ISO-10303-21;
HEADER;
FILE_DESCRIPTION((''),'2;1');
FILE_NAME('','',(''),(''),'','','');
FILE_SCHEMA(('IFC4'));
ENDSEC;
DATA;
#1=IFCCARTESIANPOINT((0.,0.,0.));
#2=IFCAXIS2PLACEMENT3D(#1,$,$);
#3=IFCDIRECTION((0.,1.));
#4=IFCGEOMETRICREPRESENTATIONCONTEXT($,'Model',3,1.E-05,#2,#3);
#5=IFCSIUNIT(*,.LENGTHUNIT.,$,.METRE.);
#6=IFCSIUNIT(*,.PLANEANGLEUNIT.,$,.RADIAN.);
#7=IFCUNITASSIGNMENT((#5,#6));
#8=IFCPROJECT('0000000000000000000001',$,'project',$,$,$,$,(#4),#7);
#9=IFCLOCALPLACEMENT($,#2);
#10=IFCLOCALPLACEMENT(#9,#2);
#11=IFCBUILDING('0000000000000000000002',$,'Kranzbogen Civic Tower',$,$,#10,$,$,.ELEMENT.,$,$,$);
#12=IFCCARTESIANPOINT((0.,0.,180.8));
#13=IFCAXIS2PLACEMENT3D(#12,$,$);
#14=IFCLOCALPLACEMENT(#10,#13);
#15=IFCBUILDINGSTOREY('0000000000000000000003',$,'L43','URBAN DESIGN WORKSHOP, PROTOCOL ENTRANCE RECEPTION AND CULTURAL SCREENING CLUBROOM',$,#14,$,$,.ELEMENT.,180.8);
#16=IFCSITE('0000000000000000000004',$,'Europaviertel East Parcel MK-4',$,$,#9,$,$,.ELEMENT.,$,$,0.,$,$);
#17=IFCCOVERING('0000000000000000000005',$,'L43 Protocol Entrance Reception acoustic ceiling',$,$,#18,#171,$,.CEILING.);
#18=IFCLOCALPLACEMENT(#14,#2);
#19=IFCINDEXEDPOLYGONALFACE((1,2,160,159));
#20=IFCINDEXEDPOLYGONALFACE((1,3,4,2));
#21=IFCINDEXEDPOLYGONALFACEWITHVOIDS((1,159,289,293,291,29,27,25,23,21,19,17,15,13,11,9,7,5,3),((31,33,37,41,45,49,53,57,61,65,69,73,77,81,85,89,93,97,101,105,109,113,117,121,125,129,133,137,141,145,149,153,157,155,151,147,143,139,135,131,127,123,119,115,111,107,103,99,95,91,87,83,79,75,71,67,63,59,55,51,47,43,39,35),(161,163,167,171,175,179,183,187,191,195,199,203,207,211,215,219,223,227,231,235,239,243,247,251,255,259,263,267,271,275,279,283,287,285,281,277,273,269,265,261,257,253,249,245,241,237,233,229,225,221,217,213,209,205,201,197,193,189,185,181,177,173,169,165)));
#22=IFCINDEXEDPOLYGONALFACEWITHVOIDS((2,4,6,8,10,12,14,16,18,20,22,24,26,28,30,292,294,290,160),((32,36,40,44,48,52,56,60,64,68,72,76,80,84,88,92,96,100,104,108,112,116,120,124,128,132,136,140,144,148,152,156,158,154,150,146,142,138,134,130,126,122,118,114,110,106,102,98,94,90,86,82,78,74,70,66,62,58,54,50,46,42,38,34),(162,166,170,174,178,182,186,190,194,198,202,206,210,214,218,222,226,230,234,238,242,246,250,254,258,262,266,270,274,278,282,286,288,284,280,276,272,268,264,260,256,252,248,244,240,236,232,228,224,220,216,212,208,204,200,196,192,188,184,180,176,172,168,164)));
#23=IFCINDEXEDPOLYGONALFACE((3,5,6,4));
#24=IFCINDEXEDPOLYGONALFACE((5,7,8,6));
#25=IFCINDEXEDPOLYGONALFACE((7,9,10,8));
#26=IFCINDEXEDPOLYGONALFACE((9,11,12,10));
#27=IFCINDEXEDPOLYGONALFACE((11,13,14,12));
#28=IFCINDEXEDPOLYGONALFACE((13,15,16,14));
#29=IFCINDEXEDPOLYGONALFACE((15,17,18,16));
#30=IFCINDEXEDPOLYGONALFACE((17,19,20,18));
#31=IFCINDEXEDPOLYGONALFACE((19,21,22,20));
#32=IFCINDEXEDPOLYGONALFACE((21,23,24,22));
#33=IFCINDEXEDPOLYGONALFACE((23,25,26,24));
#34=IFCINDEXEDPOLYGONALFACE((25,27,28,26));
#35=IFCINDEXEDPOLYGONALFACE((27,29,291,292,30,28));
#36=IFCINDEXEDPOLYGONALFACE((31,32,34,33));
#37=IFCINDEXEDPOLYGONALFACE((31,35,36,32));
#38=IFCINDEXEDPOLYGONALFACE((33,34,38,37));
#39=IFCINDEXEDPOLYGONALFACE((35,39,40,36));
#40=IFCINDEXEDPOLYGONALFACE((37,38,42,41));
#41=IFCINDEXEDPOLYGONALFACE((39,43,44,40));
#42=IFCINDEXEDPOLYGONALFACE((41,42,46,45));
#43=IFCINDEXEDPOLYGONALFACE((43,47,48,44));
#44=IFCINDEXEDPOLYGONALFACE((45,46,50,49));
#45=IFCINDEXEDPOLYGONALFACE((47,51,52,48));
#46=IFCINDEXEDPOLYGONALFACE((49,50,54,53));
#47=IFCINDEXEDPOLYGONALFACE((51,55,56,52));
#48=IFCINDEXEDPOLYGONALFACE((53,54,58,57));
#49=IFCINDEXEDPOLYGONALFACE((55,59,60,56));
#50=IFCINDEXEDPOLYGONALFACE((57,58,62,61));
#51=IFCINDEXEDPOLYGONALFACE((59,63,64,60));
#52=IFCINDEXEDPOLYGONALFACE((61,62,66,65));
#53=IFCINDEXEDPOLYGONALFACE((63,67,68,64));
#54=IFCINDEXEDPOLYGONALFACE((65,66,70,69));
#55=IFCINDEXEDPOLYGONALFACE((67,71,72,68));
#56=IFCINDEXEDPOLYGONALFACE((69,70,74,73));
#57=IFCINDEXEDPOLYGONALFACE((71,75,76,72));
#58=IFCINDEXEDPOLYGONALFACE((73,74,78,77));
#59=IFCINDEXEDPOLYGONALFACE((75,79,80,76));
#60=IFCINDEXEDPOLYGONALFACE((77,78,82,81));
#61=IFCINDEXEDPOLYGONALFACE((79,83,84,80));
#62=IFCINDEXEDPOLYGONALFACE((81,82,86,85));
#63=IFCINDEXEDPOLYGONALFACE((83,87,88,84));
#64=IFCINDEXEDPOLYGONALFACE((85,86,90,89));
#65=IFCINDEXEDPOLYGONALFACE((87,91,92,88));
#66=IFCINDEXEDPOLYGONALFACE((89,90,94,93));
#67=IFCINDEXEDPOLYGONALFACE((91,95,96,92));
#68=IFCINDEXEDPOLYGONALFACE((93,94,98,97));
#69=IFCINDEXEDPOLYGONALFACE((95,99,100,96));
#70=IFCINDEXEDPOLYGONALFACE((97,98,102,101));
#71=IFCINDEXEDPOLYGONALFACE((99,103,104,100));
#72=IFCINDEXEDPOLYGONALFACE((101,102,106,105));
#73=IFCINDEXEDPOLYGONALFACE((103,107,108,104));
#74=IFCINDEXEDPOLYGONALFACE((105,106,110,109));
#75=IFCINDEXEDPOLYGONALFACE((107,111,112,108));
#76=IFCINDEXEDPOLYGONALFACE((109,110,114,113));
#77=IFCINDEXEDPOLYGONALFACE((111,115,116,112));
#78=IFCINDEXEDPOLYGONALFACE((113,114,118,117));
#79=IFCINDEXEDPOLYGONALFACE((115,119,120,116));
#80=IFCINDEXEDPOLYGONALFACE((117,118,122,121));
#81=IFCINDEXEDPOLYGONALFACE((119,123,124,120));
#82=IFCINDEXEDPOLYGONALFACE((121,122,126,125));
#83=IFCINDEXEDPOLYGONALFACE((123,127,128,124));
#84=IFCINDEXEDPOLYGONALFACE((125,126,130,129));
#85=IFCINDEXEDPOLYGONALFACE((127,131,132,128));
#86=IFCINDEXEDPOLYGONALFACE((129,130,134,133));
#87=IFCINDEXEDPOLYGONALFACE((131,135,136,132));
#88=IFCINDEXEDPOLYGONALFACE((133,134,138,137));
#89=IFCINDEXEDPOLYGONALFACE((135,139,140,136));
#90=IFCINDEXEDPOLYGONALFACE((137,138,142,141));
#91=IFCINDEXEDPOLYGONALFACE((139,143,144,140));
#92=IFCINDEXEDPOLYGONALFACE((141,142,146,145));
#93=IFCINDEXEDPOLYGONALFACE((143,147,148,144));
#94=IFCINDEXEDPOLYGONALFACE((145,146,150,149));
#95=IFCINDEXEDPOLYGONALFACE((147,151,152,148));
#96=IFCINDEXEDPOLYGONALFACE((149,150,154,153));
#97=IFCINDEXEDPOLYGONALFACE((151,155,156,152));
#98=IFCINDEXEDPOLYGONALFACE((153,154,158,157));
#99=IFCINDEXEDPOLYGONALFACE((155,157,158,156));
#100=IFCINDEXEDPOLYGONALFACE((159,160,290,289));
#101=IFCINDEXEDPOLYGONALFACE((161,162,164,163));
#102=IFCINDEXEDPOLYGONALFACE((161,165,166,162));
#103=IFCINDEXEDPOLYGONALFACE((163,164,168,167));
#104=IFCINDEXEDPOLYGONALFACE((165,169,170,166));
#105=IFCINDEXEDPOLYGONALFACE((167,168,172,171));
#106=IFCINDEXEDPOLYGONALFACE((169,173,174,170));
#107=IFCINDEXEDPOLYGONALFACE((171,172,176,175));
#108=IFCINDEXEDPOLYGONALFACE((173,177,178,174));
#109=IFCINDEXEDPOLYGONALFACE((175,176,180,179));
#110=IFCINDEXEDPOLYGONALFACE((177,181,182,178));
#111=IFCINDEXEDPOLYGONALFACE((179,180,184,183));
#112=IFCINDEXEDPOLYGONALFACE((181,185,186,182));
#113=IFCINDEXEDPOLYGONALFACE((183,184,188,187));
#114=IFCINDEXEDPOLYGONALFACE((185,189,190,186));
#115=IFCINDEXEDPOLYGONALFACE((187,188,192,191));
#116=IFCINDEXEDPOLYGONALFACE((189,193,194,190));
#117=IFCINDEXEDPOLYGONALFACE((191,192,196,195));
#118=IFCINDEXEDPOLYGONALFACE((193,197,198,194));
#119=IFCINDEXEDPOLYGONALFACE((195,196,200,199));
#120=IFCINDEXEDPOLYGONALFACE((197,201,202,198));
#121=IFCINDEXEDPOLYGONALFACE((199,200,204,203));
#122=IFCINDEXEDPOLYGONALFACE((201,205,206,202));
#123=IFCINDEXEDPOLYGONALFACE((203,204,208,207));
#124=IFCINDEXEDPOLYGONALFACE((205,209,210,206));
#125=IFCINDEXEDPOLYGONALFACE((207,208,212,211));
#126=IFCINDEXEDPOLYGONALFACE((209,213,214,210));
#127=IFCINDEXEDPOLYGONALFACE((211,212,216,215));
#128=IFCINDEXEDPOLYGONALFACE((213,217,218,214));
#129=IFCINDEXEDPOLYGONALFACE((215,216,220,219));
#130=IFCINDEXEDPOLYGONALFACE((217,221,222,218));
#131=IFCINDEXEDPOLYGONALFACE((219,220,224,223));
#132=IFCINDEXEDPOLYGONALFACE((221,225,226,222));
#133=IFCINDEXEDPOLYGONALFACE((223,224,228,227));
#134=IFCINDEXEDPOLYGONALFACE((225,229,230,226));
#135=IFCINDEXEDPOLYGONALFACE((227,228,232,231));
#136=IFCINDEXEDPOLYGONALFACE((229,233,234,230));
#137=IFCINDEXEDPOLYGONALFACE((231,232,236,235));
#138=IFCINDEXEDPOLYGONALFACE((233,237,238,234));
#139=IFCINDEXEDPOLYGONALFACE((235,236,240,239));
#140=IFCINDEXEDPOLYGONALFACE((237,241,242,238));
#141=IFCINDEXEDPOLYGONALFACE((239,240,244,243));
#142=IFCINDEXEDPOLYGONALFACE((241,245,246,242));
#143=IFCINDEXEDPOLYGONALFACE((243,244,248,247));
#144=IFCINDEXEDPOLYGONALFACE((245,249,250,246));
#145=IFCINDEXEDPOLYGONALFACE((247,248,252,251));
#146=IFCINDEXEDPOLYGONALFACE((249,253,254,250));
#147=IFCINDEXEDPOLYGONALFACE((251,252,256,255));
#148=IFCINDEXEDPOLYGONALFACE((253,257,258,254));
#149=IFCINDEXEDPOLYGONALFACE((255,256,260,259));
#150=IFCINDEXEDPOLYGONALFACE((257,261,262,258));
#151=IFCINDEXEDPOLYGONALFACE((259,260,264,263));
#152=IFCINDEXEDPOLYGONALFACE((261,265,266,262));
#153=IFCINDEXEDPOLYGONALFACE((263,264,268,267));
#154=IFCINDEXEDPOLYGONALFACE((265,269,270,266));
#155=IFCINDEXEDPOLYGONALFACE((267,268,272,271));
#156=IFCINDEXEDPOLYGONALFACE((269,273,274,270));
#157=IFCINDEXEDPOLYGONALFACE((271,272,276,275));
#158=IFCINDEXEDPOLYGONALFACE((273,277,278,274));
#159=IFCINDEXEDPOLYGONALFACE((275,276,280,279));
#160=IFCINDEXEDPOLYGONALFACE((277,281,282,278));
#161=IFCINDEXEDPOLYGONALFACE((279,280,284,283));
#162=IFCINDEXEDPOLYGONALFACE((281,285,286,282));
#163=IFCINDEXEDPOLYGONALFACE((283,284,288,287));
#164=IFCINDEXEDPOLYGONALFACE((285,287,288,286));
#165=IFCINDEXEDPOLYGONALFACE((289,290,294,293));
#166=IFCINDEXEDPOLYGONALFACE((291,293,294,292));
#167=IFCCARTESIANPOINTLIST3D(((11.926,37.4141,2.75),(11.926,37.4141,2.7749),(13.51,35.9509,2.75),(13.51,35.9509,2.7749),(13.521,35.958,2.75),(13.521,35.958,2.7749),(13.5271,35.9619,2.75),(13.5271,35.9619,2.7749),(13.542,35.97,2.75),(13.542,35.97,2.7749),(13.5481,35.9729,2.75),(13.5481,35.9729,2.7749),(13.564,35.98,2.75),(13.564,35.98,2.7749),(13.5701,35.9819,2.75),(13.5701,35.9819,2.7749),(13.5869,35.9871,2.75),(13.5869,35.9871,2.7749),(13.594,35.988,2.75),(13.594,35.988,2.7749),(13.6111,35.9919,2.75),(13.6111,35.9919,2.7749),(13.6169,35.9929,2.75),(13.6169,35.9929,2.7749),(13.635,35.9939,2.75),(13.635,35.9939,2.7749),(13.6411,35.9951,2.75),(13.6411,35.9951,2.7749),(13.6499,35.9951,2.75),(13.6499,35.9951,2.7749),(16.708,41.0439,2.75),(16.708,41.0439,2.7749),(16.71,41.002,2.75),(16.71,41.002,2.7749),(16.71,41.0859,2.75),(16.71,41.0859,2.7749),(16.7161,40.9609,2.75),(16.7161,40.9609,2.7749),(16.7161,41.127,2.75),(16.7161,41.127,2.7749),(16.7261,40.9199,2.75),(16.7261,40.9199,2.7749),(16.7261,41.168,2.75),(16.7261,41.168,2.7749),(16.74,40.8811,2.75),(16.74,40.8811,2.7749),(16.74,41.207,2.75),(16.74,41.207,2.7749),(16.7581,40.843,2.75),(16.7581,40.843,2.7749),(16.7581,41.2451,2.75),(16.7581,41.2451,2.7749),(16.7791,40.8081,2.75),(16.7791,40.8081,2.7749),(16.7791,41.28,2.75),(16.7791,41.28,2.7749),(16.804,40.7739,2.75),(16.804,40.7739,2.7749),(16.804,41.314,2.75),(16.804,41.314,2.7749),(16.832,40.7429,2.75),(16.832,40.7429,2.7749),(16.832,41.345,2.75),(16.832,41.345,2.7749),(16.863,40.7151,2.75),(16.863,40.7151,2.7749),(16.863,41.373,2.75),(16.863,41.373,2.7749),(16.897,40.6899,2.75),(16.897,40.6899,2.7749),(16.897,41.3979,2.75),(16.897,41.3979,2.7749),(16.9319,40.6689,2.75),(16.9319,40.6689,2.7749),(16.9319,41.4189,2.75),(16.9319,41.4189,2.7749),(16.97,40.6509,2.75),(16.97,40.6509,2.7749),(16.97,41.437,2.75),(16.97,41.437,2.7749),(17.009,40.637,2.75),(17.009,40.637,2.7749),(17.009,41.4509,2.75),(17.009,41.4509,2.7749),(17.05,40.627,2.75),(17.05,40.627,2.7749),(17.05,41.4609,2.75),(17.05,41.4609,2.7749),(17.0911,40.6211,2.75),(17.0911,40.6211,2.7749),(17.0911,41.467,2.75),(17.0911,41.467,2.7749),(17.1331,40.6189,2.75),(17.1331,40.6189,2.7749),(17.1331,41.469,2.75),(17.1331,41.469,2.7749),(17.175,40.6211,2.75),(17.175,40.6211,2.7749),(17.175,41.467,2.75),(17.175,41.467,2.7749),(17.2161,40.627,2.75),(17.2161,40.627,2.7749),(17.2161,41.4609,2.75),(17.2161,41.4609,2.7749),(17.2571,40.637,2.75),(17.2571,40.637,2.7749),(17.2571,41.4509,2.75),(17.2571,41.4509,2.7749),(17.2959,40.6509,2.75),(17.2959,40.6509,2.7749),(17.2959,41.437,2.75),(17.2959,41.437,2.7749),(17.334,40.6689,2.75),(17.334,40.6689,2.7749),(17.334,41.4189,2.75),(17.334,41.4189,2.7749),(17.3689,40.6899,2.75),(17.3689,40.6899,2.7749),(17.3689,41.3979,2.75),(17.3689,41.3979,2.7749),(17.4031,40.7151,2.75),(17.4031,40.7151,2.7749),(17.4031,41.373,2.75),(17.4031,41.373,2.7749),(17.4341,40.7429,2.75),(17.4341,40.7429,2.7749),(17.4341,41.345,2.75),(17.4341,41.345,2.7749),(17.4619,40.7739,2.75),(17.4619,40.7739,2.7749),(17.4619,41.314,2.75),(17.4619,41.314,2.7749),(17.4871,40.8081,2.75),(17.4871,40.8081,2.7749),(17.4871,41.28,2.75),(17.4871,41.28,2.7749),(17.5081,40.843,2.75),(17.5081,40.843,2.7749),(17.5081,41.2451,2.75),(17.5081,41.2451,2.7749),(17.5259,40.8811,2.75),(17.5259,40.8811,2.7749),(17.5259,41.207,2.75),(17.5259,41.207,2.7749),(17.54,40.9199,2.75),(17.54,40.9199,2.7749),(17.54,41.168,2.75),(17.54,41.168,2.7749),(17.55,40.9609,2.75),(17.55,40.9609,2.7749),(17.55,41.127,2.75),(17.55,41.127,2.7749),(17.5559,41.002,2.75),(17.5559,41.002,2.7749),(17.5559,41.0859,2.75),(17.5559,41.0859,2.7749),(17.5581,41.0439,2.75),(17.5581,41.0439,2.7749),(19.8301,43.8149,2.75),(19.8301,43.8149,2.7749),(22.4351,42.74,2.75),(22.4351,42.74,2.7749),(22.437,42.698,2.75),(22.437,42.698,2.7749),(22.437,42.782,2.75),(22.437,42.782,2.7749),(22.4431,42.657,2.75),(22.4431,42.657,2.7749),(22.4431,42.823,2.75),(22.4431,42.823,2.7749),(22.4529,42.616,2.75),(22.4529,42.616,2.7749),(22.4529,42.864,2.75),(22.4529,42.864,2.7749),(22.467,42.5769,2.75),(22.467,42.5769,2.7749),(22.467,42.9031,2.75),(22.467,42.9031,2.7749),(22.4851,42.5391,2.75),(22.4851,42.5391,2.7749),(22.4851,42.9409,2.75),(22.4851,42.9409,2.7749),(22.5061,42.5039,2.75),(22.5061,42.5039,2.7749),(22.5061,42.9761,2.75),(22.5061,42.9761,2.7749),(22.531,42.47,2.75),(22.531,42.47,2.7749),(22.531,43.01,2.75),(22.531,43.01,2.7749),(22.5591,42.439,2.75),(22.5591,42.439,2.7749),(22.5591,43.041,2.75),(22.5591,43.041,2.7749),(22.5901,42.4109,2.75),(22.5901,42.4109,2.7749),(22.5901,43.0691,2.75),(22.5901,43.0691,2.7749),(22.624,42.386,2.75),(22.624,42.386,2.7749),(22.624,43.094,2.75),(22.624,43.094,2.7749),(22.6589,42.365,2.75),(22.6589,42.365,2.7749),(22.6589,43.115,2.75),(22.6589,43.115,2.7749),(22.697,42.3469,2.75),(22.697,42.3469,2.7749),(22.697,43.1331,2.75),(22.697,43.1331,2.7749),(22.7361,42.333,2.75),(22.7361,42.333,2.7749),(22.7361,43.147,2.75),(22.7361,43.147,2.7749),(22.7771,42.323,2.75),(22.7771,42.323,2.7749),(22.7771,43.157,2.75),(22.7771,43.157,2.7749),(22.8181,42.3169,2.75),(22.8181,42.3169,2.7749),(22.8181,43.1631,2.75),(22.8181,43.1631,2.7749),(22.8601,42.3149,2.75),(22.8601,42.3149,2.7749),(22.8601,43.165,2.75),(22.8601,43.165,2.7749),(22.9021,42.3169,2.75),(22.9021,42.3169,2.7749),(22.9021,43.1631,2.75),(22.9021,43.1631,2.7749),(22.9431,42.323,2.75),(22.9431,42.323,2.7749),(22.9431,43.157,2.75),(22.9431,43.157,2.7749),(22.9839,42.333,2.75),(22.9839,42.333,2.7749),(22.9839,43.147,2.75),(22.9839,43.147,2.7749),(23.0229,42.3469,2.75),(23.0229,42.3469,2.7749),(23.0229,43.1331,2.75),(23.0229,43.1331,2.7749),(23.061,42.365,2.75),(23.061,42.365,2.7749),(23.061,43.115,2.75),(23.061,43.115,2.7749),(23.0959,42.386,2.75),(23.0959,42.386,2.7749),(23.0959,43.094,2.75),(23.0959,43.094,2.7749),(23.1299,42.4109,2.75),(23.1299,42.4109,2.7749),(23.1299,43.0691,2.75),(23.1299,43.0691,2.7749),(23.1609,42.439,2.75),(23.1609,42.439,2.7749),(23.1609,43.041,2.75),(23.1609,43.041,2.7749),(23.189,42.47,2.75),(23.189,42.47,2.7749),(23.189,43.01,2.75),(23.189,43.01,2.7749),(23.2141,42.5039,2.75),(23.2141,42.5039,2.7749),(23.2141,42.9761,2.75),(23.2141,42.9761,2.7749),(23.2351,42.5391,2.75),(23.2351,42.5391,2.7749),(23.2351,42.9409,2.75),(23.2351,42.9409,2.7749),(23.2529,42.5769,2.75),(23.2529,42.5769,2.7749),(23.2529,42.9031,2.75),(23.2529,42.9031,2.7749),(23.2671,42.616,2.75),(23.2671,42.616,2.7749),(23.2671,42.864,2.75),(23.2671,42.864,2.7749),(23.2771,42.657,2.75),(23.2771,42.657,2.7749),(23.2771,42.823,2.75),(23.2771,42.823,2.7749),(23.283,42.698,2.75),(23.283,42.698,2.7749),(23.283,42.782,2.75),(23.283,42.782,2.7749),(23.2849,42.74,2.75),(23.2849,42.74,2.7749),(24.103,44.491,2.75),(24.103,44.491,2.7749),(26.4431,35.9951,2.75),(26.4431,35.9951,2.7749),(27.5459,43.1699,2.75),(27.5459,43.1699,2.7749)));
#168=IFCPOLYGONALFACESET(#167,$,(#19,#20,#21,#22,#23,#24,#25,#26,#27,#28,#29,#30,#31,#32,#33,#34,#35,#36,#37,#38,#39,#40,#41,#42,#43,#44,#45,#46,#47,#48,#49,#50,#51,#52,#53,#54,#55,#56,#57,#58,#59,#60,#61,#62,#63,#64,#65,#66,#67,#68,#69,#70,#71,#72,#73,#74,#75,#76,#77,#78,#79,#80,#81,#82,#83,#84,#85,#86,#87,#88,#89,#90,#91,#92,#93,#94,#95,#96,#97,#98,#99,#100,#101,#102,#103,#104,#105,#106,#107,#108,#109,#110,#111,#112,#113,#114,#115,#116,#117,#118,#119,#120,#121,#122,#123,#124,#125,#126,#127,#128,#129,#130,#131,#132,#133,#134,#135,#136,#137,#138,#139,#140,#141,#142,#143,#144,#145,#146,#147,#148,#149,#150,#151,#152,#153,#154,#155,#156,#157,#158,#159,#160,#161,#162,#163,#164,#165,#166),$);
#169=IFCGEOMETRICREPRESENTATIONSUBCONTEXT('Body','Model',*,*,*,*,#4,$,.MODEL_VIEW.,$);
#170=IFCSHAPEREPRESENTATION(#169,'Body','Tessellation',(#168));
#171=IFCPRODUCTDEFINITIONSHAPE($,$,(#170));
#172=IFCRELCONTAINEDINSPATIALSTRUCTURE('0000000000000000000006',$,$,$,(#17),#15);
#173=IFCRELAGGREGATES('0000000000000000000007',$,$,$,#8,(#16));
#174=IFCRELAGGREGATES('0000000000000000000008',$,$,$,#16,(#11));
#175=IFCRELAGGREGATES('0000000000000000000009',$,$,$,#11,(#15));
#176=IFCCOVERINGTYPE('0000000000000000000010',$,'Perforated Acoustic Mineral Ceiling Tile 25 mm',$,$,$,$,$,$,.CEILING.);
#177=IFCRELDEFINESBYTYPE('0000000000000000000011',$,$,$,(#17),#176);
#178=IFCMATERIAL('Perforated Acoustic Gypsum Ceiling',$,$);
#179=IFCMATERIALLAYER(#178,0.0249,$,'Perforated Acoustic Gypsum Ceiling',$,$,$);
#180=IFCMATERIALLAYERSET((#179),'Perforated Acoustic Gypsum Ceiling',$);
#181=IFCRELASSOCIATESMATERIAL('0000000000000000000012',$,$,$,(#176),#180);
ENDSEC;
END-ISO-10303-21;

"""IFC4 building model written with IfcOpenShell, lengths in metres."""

from ifc_helpers import new_model, si_unit, direction, frame, origin, place, context, subcontext, project, spatial, polyline, outline, extrude, material, layer, layer_set, type_object, element, save


model = new_model("IFC4")

# Units and contexts
model_context = context("Model", 3, precision=1e-05, world=origin(), true_north=direction((0.0, 1.0)))
body_context = subcontext(model_context, "Body", "Model", "MODEL_VIEW")
ifc_project = project(units=[si_unit("LENGTHUNIT", "METRE"), si_unit("PLANEANGLEUNIT", "RADIAN")], contexts=[model_context])

# Site, building, storey
site_placement = place(None, origin())
site = spatial("IfcSite", under=ifc_project, at=site_placement, Name="Europaviertel East Parcel MK-4", CompositionType="ELEMENT", RefElevation=0.0)
building_placement = place(site_placement, origin())
building = spatial("IfcBuilding", under=site, at=building_placement, Name="Kranzbogen Civic Tower", CompositionType="ELEMENT")
storey_placement = place(building_placement, frame((0.0, 0.0, 180.8)))
storey = spatial("IfcBuildingStorey", under=building, at=storey_placement, Name="L43", Description="URBAN DESIGN WORKSHOP, PROTOCOL ENTRANCE RECEPTION AND CULTURAL SCREENING CLUBROOM", CompositionType="ELEMENT", Elevation=180.8)

# Covering
ifc_material_1 = material(Name="Perforated Acoustic Gypsum Ceiling")
ifc_layer_1 = layer(ifc_material_1, 0.0249, Name="Perforated Acoustic Gypsum Ceiling")
ifc_layer_set_1 = layer_set([ifc_layer_1], Name="Perforated Acoustic Gypsum Ceiling")
covering_type_1 = type_object("IfcCoveringType", Name="Perforated Acoustic Mineral Ceiling Tile 25 mm", PredefinedType="CEILING", material=ifc_layer_set_1)
covering_1_placement = place(storey_placement, frame((0.0, 0.0, 2.75)))
element("IfcCovering", 1, at=covering_1_placement, inside=storey, type_object=covering_type_1, Name="L43 Protocol Entrance Reception acoustic ceiling", PredefinedType="CEILING", context=body_context, shape_type="SweptSolid", body=[
    extrude(outline(polyline([(11.926, 37.4141), (19.8301, 43.8149), (24.103, 44.491), (27.5459, 43.1699), (26.4431, 35.9951), (13.6499, 35.9951), (13.6411, 35.9951), (13.635, 35.9939), (13.6169, 35.9929), (13.6111, 35.9919), (13.594, 35.988), (13.5869, 35.9871), (13.5701, 35.9819), (13.564, 35.98), (13.5481, 35.9729), (13.542, 35.97), (13.5271, 35.9619), (13.521, 35.958), (13.51, 35.9509), (11.926, 37.4141)]), holes=[polyline([(17.5259, 40.8811), (17.5081, 40.843), (17.4871, 40.8081), (17.4619, 40.7739), (17.4341, 40.7429), (17.4031, 40.7151), (17.3689, 40.6899), (17.334, 40.6689), (17.2959, 40.6509), (17.2571, 40.637), (17.2161, 40.627), (17.175, 40.6211), (17.1331, 40.6189), (17.0911, 40.6211), (17.05, 40.627), (17.009, 40.637), (16.97, 40.6509), (16.9319, 40.6689), (16.897, 40.6899), (16.863, 40.7151), (16.832, 40.7429), (16.804, 40.7739), (16.7791, 40.8081), (16.7581, 40.843), (16.74, 40.8811), (16.7261, 40.9199), (16.7161, 40.9609), (16.71, 41.002), (16.708, 41.0439), (16.71, 41.0859), (16.7161, 41.127), (16.7261, 41.168), (16.74, 41.207), (16.7581, 41.2451), (16.7791, 41.28), (16.804, 41.314), (16.832, 41.345), (16.863, 41.373), (16.897, 41.3979), (16.9319, 41.4189), (16.97, 41.437), (17.009, 41.4509), (17.05, 41.4609), (17.0911, 41.467), (17.1331, 41.469), (17.175, 41.467), (17.2161, 41.4609), (17.2571, 41.4509), (17.2959, 41.437), (17.334, 41.4189), (17.3689, 41.3979), (17.4031, 41.373), (17.4341, 41.345), (17.4619, 41.314), (17.4871, 41.28), (17.5081, 41.2451), (17.5259, 41.207), (17.54, 41.168), (17.55, 41.127), (17.5559, 41.0859), (17.5581, 41.0439), (17.5559, 41.002), (17.55, 40.9609), (17.54, 40.9199), (17.5259, 40.8811)]), polyline([(23.2529, 42.5769), (23.2351, 42.5391), (23.2141, 42.5039), (23.189, 42.47), (23.1609, 42.439), (23.1299, 42.4109), (23.0959, 42.386), (23.061, 42.365), (23.0229, 42.3469), (22.9839, 42.333), (22.9431, 42.323), (22.9021, 42.3169), (22.8601, 42.3149), (22.8181, 42.3169), (22.7771, 42.323), (22.7361, 42.333), (22.697, 42.3469), (22.6589, 42.365), (22.624, 42.386), (22.5901, 42.4109), (22.5591, 42.439), (22.531, 42.47), (22.5061, 42.5039), (22.4851, 42.5391), (22.467, 42.5769), (22.4529, 42.616), (22.4431, 42.657), (22.437, 42.698), (22.4351, 42.74), (22.437, 42.782), (22.4431, 42.823), (22.4529, 42.864), (22.467, 42.9031), (22.4851, 42.9409), (22.5061, 42.9761), (22.531, 43.01), (22.5591, 43.041), (22.5901, 43.0691), (22.624, 43.094), (22.6589, 43.115), (22.697, 43.1331), (22.7361, 43.147), (22.7771, 43.157), (22.8181, 43.1631), (22.8601, 43.165), (22.9021, 43.1631), (22.9431, 43.157), (22.9839, 43.147), (23.0229, 43.1331), (23.061, 43.115), (23.0959, 43.094), (23.1299, 43.0691), (23.1609, 43.041), (23.189, 43.01), (23.2141, 42.9761), (23.2351, 42.9409), (23.2529, 42.9031), (23.2671, 42.864), (23.2771, 42.823), (23.283, 42.782), (23.2849, 42.74), (23.283, 42.698), (23.2771, 42.657), (23.2671, 42.616), (23.2529, 42.5769)])]), origin(), (0.0, 0.0, 1.0), 0.0249),
])

save(model, "model.ifc")
